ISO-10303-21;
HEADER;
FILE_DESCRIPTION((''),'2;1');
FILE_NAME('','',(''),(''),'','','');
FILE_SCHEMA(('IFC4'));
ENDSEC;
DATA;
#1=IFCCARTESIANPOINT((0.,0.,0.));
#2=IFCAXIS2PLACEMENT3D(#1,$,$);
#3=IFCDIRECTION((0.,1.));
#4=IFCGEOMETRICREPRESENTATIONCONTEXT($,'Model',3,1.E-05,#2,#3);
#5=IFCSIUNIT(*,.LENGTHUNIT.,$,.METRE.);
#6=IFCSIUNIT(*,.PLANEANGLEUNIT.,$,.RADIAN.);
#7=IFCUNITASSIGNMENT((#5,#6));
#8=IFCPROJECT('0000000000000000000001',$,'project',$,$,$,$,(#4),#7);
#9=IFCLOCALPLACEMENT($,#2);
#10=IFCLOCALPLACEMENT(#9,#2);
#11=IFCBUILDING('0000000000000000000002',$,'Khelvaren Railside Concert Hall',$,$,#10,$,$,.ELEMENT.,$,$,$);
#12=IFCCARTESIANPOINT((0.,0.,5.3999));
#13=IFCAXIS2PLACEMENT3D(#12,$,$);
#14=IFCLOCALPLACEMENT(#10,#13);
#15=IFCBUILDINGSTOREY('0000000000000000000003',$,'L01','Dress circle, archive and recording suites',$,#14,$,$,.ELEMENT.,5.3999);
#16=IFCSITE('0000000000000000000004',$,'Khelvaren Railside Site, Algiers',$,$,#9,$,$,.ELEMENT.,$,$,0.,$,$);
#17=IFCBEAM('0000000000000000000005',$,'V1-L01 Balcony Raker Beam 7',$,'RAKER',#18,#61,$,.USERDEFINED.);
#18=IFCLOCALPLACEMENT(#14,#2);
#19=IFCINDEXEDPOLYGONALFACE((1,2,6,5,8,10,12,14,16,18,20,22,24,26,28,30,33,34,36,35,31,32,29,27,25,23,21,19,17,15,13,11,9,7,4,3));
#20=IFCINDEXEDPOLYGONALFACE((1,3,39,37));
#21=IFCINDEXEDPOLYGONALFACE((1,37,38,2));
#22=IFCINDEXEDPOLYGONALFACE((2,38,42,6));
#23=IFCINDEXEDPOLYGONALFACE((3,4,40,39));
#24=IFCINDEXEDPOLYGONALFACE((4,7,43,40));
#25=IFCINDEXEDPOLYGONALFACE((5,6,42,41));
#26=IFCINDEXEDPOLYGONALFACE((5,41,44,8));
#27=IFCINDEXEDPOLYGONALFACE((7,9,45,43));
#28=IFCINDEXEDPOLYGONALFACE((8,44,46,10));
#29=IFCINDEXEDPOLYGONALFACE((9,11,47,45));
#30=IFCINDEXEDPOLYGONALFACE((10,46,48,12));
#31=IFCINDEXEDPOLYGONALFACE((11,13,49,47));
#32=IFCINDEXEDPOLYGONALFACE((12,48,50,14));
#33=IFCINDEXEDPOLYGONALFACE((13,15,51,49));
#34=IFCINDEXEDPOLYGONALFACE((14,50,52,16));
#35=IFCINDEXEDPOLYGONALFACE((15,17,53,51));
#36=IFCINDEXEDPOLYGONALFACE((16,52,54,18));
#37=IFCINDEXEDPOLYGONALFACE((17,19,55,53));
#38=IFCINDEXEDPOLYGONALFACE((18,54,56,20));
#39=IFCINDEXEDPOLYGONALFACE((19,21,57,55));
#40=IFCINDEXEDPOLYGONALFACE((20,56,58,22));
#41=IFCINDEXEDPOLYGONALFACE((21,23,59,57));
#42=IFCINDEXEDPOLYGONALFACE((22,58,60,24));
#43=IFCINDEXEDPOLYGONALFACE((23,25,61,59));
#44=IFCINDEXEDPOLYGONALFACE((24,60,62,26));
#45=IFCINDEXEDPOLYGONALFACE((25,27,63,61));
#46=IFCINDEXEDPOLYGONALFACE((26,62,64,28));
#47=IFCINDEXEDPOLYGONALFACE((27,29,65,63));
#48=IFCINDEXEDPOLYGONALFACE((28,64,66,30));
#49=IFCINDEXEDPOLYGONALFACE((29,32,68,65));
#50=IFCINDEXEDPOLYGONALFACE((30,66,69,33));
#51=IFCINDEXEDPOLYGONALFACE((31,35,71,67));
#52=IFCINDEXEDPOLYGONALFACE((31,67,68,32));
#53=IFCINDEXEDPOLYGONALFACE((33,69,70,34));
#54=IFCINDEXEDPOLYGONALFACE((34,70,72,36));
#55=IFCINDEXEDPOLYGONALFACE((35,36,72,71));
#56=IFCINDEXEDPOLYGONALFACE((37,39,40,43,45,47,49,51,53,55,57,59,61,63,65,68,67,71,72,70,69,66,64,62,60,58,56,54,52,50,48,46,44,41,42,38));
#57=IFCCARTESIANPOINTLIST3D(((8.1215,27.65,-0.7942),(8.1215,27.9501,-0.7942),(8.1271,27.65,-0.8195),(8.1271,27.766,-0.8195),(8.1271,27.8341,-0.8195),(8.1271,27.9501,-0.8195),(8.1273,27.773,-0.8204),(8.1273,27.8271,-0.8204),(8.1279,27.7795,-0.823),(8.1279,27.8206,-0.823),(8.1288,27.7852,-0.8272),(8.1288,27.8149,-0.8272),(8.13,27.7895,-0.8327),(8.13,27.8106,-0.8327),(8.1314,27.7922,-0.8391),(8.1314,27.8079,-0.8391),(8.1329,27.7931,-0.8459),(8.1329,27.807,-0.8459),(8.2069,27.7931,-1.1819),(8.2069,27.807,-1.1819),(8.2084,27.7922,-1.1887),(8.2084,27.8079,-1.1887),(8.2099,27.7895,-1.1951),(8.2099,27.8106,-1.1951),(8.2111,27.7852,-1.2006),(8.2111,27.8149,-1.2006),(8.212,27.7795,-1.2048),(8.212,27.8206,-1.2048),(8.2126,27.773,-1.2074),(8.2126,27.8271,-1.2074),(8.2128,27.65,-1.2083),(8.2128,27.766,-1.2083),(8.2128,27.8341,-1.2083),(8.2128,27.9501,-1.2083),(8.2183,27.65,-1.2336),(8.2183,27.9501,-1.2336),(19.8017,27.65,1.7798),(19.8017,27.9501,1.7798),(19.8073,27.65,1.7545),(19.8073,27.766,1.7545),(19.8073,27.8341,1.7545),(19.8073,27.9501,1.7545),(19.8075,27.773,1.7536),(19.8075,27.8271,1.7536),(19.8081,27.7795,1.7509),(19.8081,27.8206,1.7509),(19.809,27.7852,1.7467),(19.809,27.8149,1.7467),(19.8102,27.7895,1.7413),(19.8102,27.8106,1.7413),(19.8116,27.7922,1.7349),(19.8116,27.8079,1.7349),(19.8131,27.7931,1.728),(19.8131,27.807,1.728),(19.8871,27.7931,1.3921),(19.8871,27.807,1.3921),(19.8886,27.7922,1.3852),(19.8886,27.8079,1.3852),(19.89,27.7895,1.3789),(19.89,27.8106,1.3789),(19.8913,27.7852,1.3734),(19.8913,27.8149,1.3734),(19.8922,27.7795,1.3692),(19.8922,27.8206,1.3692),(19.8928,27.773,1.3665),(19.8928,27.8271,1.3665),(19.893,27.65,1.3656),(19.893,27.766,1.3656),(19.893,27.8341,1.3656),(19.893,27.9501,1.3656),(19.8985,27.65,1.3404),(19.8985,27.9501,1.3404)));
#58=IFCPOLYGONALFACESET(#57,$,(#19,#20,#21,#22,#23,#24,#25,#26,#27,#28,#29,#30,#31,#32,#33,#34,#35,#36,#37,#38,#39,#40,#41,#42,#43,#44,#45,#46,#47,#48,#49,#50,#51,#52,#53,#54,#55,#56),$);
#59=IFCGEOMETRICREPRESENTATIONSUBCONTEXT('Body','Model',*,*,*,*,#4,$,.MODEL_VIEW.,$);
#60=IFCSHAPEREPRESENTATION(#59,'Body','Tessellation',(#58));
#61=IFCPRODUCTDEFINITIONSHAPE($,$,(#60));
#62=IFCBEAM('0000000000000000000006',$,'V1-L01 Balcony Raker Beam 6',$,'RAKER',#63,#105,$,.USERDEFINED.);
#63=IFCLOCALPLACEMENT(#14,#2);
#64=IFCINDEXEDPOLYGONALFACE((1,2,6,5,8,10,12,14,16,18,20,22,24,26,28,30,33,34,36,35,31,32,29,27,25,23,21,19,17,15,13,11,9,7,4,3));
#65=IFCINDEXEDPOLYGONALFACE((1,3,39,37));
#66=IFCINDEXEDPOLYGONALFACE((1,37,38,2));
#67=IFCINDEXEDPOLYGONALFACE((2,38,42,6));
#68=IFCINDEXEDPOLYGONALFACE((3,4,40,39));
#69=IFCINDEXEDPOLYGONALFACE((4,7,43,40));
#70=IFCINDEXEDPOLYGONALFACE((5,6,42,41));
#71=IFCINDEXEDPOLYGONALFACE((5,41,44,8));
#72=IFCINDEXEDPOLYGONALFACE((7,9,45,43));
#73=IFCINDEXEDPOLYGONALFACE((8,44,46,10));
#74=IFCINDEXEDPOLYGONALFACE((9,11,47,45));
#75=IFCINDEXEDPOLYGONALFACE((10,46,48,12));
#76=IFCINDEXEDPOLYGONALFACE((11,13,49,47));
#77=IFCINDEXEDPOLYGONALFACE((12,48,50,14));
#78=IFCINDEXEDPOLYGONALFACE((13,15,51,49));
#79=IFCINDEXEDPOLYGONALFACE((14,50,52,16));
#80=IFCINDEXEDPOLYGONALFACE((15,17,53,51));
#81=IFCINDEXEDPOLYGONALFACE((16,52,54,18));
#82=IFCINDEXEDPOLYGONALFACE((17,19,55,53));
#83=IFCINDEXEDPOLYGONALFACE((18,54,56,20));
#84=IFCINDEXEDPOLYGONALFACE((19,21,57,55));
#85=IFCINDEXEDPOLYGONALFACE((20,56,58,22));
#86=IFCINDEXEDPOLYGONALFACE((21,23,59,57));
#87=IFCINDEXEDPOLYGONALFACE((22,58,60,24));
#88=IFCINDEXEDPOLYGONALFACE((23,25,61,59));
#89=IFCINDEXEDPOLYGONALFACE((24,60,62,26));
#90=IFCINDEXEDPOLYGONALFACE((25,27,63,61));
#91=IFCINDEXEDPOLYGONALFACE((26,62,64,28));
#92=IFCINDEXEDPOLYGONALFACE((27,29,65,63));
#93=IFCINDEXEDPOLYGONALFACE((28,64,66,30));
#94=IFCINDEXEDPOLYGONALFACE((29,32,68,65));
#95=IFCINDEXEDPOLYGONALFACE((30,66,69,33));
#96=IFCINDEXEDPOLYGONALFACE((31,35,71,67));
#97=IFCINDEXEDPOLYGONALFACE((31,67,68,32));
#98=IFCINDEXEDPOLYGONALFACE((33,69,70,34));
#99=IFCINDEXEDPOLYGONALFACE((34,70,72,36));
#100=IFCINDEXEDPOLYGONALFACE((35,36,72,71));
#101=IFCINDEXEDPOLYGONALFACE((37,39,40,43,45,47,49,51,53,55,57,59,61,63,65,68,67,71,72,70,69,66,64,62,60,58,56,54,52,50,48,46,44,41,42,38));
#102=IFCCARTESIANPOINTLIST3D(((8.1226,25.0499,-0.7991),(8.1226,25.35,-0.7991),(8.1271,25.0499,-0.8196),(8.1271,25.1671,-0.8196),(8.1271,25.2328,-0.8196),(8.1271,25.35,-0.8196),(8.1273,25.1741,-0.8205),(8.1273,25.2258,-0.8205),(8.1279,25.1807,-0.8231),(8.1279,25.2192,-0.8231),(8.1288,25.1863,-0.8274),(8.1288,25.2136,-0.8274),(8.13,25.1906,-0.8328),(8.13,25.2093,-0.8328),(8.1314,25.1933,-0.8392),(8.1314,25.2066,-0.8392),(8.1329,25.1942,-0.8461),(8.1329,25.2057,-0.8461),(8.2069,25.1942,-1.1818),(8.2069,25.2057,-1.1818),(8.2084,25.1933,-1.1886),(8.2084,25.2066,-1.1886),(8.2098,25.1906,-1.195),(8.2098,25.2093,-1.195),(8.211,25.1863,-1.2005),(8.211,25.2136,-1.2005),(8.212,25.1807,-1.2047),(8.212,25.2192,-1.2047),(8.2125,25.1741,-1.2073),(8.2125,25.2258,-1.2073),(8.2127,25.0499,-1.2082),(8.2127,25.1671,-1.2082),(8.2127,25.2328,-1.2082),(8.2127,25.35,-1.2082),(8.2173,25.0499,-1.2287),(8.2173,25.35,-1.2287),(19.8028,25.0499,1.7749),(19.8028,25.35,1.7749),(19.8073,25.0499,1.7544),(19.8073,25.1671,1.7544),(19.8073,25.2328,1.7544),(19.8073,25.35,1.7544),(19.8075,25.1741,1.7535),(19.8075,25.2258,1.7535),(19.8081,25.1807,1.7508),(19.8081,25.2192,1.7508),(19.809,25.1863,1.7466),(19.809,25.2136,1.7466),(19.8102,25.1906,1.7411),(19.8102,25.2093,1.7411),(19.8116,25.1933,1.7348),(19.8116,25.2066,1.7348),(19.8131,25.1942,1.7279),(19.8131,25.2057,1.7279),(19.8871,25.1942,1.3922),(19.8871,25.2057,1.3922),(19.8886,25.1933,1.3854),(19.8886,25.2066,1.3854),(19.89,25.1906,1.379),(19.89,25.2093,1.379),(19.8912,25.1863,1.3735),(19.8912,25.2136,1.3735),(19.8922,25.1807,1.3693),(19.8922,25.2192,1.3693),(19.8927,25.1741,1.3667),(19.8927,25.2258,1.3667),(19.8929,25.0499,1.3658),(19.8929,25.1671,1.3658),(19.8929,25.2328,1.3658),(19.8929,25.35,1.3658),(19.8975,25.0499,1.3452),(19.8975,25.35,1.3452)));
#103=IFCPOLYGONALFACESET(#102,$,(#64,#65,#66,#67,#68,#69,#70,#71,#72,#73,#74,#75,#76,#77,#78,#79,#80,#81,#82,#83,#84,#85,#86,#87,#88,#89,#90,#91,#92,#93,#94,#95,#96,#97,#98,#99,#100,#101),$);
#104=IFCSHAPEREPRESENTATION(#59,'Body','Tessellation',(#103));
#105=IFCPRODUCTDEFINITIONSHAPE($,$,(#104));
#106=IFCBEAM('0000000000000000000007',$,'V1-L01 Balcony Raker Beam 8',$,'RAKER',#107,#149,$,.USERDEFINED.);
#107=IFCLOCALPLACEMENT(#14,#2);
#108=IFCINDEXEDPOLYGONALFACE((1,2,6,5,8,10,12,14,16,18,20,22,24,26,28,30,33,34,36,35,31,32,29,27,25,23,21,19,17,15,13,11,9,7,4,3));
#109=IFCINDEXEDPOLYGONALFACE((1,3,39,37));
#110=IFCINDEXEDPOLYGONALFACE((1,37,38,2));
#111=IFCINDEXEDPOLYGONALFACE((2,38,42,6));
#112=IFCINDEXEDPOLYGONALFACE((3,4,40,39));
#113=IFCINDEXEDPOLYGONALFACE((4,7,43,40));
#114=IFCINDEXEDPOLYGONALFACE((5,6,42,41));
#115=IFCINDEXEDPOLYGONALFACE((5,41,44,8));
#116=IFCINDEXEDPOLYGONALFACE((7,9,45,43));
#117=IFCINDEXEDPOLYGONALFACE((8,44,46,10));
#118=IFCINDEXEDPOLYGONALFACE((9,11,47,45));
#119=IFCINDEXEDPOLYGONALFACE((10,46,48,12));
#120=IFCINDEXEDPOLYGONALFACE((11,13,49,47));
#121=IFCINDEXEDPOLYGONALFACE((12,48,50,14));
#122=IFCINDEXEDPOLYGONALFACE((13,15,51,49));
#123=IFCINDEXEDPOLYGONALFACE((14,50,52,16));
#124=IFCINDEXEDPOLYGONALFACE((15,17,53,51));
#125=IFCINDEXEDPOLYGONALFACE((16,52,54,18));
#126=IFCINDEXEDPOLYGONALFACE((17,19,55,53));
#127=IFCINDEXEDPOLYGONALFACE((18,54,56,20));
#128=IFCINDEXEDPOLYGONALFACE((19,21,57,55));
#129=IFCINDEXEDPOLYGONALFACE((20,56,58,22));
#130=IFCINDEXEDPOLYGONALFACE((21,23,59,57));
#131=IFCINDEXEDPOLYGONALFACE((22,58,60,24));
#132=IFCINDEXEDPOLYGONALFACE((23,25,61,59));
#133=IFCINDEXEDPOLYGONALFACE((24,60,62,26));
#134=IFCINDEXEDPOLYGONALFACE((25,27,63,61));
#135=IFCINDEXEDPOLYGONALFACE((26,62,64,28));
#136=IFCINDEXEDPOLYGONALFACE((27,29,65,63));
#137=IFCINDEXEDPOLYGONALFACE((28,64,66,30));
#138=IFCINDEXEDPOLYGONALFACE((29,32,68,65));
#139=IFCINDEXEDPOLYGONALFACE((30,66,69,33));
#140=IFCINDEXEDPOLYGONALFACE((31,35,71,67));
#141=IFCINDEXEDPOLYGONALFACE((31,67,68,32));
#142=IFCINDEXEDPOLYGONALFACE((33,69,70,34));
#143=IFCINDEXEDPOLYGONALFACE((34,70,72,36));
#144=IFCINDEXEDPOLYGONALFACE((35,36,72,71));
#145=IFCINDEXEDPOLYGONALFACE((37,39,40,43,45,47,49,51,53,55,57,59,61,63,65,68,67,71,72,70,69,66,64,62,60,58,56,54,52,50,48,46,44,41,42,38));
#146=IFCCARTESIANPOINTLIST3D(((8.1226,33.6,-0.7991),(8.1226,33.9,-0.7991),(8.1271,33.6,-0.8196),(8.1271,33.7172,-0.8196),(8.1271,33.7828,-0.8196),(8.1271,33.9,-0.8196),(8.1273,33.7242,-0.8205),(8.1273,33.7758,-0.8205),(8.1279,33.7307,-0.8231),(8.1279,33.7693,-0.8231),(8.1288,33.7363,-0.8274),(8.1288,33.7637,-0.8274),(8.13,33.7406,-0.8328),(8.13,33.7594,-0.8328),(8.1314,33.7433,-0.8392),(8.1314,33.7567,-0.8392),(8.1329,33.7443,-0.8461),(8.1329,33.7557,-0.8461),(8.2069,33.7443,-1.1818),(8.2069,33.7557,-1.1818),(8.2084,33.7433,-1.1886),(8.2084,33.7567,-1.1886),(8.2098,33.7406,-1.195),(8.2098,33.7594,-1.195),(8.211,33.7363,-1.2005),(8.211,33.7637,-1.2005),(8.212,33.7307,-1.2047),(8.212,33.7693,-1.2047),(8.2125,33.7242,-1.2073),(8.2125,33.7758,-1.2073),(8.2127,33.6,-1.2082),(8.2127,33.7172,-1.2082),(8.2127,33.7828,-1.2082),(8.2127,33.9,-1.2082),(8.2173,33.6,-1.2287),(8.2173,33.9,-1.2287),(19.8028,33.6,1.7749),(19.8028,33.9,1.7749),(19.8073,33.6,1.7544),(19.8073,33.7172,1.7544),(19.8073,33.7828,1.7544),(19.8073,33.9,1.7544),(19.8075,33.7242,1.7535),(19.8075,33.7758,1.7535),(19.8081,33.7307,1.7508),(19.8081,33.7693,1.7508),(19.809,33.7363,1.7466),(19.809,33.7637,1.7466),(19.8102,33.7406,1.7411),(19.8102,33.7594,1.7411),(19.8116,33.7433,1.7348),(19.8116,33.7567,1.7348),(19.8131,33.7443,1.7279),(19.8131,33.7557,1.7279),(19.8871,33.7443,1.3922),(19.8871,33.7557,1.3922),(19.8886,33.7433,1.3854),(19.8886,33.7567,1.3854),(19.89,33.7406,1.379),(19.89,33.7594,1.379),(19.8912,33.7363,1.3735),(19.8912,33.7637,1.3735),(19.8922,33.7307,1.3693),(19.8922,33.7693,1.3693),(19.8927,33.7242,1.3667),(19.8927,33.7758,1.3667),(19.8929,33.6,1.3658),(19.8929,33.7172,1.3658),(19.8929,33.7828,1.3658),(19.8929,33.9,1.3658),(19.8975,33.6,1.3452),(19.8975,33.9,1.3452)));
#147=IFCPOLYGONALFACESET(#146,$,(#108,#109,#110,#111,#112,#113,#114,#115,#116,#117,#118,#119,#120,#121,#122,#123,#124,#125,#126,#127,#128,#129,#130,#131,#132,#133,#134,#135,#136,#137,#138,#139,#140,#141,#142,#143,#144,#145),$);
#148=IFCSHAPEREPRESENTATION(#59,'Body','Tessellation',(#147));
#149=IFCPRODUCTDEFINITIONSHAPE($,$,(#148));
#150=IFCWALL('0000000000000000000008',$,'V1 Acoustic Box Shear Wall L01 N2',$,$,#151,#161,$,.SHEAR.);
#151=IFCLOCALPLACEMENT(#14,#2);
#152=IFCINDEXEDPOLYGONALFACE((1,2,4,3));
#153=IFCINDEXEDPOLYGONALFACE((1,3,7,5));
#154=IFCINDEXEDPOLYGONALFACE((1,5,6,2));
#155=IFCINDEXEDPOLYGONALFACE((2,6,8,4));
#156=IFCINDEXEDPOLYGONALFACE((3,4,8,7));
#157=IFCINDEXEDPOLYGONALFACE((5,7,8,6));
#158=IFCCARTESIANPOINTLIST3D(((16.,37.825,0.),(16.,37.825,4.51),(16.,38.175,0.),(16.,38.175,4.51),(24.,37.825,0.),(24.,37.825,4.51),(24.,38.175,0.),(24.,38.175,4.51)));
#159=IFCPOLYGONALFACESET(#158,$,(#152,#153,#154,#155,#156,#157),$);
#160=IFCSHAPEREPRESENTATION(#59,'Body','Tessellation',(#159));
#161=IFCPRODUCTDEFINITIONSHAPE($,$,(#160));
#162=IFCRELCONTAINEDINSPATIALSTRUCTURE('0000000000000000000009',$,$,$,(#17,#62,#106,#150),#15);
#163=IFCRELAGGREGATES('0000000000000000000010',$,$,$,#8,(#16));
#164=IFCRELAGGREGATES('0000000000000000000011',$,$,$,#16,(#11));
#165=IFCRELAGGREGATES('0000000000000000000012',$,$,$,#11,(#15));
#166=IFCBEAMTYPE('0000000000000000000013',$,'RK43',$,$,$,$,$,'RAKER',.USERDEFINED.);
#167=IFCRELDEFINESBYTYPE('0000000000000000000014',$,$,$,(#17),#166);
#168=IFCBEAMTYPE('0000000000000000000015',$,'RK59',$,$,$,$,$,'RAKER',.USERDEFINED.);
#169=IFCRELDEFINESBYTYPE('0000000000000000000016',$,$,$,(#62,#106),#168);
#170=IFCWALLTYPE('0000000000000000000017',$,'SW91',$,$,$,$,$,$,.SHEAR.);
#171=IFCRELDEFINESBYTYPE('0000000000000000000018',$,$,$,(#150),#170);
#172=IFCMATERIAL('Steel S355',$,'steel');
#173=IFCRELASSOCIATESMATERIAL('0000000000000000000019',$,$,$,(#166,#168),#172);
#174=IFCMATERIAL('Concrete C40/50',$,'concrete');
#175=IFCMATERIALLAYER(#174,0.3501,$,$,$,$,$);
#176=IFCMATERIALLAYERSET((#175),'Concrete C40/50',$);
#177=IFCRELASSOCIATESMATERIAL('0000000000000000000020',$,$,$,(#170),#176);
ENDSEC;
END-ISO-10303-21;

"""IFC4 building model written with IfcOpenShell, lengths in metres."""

from ifc_helpers import new_model, si_unit, direction, frame, frame_2d, origin, origin_2d, place, context, subcontext, project, spatial, rectangle, i_section, extrude, material, layer, layer_set, material_profile, profile_set, type_object, element, save


model = new_model("IFC4")

# Units and contexts
model_context = context("Model", 3, precision=1e-05, world=origin(), true_north=direction((0.0, 1.0)))
body_context = subcontext(model_context, "Body", "Model", "MODEL_VIEW")
ifc_project = project(units=[si_unit("LENGTHUNIT", "METRE"), si_unit("PLANEANGLEUNIT", "RADIAN")], contexts=[model_context])

# Site, building, storey
site_placement = place(None, origin())
site = spatial("IfcSite", under=ifc_project, at=site_placement, Name="Khelvaren Railside Site, Algiers", CompositionType="ELEMENT", RefElevation=0.0)
building_placement = place(site_placement, origin())
building = spatial("IfcBuilding", under=site, at=building_placement, Name="Khelvaren Railside Concert Hall", CompositionType="ELEMENT")
storey_placement = place(building_placement, frame((0.0, 0.0, 5.3999)))
storey = spatial("IfcBuildingStorey", under=building, at=storey_placement, Name="L01", Description="Dress circle, archive and recording suites", CompositionType="ELEMENT", Elevation=5.3999)

# Shared definitions
ifc_material_1 = material(Name="Steel S355", Category="steel")
ifc_material_2 = material(Name="Concrete C40/50", Category="concrete")

# Beams
ifc_material_profile_1 = material_profile(ifc_material_1, i_section(OverallWidth=0.3, OverallDepth=0.45, WebThickness=0.0139, FlangeThickness=0.0259, FilletRadius=0.0271, at=origin_2d()), Name="HEB 450")
ifc_profile_set_1 = profile_set([ifc_material_profile_1], Name="Steel S355")
beam_type_1 = type_object("IfcBeamType", Name="RK43", ElementType="RAKER", PredefinedType="USERDEFINED", material=ifc_profile_set_1)
beam_1_placement = place(storey_placement, frame((8.1699, 27.8, -1.0139), z_axis=(0.976568, 0.0, 0.215208), x_axis=(0.0, 1.0, 0.0)))
element("IfcBeam", 1, at=beam_1_placement, inside=storey, type_object=beam_type_1, Name="V1-L01 Balcony Raker Beam 7", ObjectType="RAKER", PredefinedType="USERDEFINED", context=body_context, shape_type="SweptSolid", body=[
    extrude(i_section(OverallWidth=0.3, OverallDepth=0.45, WebThickness=0.0139, FlangeThickness=0.0259, FilletRadius=0.0271, at=origin_2d()), origin(), (0.0, 0.0, 1.0), 11.9604),
])
ifc_material_profile_2 = material_profile(ifc_material_1, i_section(OverallWidth=0.3, OverallDepth=0.4399, WebThickness=0.0115, FlangeThickness=0.021, FilletRadius=0.0271, at=origin_2d()), Name="HEA 450")
ifc_profile_set_2 = profile_set([ifc_material_profile_2], Name="Steel S355")
beam_type_2 = type_object("IfcBeamType", Name="RK59", ElementType="RAKER", PredefinedType="USERDEFINED", material=ifc_profile_set_2)
for number, where, z_axis, x_axis, name in (
    (2, (8.1699, 25.2, -1.0139), (0.976568, 0.0, 0.215208), (0.0, 1.0, 0.0), "V1-L01 Balcony Raker Beam 6"),
    (3, (8.1699, 33.75, -1.0139), (0.976568, 0.0, 0.215208), (0.0, 1.0, 0.0), "V1-L01 Balcony Raker Beam 8"),
):
    element("IfcBeam", number, at=place(storey_placement, frame(where, z_axis=z_axis, x_axis=x_axis)), inside=storey, type_object=beam_type_2, Name=name, ObjectType="RAKER", PredefinedType="USERDEFINED", context=body_context, shape_type="SweptSolid", body=[
        extrude(i_section(OverallWidth=0.3, OverallDepth=0.4399, WebThickness=0.0115, FlangeThickness=0.021, FilletRadius=0.0271, at=origin_2d()), origin(), (0.0, 0.0, 1.0), 11.9604),
    ])

# Wall
ifc_layer = layer(ifc_material_2, 0.3501)
ifc_layer_set = layer_set([ifc_layer], Name="Concrete C40/50")
wall_type = type_object("IfcWallType", Name="SW91", PredefinedType="SHEAR", material=ifc_layer_set)
wall_placement = place(storey_placement, frame((16.0, 38.0, 0.0), z_axis=(0.0, 0.0, 1.0), x_axis=(1.0, 0.0, 0.0)))
element("IfcWall", 4, at=wall_placement, inside=storey, type_object=wall_type, Name="V1 Acoustic Box Shear Wall L01 N2", PredefinedType="SHEAR", context=body_context, shape_type="SweptSolid", body=[
    extrude(rectangle(XDim=8.0, YDim=0.3501, at=frame_2d((4.0, 0.0))), origin(), (0.0, 0.0, 1.0), 4.51),
])

save(model, "model.ifc")
